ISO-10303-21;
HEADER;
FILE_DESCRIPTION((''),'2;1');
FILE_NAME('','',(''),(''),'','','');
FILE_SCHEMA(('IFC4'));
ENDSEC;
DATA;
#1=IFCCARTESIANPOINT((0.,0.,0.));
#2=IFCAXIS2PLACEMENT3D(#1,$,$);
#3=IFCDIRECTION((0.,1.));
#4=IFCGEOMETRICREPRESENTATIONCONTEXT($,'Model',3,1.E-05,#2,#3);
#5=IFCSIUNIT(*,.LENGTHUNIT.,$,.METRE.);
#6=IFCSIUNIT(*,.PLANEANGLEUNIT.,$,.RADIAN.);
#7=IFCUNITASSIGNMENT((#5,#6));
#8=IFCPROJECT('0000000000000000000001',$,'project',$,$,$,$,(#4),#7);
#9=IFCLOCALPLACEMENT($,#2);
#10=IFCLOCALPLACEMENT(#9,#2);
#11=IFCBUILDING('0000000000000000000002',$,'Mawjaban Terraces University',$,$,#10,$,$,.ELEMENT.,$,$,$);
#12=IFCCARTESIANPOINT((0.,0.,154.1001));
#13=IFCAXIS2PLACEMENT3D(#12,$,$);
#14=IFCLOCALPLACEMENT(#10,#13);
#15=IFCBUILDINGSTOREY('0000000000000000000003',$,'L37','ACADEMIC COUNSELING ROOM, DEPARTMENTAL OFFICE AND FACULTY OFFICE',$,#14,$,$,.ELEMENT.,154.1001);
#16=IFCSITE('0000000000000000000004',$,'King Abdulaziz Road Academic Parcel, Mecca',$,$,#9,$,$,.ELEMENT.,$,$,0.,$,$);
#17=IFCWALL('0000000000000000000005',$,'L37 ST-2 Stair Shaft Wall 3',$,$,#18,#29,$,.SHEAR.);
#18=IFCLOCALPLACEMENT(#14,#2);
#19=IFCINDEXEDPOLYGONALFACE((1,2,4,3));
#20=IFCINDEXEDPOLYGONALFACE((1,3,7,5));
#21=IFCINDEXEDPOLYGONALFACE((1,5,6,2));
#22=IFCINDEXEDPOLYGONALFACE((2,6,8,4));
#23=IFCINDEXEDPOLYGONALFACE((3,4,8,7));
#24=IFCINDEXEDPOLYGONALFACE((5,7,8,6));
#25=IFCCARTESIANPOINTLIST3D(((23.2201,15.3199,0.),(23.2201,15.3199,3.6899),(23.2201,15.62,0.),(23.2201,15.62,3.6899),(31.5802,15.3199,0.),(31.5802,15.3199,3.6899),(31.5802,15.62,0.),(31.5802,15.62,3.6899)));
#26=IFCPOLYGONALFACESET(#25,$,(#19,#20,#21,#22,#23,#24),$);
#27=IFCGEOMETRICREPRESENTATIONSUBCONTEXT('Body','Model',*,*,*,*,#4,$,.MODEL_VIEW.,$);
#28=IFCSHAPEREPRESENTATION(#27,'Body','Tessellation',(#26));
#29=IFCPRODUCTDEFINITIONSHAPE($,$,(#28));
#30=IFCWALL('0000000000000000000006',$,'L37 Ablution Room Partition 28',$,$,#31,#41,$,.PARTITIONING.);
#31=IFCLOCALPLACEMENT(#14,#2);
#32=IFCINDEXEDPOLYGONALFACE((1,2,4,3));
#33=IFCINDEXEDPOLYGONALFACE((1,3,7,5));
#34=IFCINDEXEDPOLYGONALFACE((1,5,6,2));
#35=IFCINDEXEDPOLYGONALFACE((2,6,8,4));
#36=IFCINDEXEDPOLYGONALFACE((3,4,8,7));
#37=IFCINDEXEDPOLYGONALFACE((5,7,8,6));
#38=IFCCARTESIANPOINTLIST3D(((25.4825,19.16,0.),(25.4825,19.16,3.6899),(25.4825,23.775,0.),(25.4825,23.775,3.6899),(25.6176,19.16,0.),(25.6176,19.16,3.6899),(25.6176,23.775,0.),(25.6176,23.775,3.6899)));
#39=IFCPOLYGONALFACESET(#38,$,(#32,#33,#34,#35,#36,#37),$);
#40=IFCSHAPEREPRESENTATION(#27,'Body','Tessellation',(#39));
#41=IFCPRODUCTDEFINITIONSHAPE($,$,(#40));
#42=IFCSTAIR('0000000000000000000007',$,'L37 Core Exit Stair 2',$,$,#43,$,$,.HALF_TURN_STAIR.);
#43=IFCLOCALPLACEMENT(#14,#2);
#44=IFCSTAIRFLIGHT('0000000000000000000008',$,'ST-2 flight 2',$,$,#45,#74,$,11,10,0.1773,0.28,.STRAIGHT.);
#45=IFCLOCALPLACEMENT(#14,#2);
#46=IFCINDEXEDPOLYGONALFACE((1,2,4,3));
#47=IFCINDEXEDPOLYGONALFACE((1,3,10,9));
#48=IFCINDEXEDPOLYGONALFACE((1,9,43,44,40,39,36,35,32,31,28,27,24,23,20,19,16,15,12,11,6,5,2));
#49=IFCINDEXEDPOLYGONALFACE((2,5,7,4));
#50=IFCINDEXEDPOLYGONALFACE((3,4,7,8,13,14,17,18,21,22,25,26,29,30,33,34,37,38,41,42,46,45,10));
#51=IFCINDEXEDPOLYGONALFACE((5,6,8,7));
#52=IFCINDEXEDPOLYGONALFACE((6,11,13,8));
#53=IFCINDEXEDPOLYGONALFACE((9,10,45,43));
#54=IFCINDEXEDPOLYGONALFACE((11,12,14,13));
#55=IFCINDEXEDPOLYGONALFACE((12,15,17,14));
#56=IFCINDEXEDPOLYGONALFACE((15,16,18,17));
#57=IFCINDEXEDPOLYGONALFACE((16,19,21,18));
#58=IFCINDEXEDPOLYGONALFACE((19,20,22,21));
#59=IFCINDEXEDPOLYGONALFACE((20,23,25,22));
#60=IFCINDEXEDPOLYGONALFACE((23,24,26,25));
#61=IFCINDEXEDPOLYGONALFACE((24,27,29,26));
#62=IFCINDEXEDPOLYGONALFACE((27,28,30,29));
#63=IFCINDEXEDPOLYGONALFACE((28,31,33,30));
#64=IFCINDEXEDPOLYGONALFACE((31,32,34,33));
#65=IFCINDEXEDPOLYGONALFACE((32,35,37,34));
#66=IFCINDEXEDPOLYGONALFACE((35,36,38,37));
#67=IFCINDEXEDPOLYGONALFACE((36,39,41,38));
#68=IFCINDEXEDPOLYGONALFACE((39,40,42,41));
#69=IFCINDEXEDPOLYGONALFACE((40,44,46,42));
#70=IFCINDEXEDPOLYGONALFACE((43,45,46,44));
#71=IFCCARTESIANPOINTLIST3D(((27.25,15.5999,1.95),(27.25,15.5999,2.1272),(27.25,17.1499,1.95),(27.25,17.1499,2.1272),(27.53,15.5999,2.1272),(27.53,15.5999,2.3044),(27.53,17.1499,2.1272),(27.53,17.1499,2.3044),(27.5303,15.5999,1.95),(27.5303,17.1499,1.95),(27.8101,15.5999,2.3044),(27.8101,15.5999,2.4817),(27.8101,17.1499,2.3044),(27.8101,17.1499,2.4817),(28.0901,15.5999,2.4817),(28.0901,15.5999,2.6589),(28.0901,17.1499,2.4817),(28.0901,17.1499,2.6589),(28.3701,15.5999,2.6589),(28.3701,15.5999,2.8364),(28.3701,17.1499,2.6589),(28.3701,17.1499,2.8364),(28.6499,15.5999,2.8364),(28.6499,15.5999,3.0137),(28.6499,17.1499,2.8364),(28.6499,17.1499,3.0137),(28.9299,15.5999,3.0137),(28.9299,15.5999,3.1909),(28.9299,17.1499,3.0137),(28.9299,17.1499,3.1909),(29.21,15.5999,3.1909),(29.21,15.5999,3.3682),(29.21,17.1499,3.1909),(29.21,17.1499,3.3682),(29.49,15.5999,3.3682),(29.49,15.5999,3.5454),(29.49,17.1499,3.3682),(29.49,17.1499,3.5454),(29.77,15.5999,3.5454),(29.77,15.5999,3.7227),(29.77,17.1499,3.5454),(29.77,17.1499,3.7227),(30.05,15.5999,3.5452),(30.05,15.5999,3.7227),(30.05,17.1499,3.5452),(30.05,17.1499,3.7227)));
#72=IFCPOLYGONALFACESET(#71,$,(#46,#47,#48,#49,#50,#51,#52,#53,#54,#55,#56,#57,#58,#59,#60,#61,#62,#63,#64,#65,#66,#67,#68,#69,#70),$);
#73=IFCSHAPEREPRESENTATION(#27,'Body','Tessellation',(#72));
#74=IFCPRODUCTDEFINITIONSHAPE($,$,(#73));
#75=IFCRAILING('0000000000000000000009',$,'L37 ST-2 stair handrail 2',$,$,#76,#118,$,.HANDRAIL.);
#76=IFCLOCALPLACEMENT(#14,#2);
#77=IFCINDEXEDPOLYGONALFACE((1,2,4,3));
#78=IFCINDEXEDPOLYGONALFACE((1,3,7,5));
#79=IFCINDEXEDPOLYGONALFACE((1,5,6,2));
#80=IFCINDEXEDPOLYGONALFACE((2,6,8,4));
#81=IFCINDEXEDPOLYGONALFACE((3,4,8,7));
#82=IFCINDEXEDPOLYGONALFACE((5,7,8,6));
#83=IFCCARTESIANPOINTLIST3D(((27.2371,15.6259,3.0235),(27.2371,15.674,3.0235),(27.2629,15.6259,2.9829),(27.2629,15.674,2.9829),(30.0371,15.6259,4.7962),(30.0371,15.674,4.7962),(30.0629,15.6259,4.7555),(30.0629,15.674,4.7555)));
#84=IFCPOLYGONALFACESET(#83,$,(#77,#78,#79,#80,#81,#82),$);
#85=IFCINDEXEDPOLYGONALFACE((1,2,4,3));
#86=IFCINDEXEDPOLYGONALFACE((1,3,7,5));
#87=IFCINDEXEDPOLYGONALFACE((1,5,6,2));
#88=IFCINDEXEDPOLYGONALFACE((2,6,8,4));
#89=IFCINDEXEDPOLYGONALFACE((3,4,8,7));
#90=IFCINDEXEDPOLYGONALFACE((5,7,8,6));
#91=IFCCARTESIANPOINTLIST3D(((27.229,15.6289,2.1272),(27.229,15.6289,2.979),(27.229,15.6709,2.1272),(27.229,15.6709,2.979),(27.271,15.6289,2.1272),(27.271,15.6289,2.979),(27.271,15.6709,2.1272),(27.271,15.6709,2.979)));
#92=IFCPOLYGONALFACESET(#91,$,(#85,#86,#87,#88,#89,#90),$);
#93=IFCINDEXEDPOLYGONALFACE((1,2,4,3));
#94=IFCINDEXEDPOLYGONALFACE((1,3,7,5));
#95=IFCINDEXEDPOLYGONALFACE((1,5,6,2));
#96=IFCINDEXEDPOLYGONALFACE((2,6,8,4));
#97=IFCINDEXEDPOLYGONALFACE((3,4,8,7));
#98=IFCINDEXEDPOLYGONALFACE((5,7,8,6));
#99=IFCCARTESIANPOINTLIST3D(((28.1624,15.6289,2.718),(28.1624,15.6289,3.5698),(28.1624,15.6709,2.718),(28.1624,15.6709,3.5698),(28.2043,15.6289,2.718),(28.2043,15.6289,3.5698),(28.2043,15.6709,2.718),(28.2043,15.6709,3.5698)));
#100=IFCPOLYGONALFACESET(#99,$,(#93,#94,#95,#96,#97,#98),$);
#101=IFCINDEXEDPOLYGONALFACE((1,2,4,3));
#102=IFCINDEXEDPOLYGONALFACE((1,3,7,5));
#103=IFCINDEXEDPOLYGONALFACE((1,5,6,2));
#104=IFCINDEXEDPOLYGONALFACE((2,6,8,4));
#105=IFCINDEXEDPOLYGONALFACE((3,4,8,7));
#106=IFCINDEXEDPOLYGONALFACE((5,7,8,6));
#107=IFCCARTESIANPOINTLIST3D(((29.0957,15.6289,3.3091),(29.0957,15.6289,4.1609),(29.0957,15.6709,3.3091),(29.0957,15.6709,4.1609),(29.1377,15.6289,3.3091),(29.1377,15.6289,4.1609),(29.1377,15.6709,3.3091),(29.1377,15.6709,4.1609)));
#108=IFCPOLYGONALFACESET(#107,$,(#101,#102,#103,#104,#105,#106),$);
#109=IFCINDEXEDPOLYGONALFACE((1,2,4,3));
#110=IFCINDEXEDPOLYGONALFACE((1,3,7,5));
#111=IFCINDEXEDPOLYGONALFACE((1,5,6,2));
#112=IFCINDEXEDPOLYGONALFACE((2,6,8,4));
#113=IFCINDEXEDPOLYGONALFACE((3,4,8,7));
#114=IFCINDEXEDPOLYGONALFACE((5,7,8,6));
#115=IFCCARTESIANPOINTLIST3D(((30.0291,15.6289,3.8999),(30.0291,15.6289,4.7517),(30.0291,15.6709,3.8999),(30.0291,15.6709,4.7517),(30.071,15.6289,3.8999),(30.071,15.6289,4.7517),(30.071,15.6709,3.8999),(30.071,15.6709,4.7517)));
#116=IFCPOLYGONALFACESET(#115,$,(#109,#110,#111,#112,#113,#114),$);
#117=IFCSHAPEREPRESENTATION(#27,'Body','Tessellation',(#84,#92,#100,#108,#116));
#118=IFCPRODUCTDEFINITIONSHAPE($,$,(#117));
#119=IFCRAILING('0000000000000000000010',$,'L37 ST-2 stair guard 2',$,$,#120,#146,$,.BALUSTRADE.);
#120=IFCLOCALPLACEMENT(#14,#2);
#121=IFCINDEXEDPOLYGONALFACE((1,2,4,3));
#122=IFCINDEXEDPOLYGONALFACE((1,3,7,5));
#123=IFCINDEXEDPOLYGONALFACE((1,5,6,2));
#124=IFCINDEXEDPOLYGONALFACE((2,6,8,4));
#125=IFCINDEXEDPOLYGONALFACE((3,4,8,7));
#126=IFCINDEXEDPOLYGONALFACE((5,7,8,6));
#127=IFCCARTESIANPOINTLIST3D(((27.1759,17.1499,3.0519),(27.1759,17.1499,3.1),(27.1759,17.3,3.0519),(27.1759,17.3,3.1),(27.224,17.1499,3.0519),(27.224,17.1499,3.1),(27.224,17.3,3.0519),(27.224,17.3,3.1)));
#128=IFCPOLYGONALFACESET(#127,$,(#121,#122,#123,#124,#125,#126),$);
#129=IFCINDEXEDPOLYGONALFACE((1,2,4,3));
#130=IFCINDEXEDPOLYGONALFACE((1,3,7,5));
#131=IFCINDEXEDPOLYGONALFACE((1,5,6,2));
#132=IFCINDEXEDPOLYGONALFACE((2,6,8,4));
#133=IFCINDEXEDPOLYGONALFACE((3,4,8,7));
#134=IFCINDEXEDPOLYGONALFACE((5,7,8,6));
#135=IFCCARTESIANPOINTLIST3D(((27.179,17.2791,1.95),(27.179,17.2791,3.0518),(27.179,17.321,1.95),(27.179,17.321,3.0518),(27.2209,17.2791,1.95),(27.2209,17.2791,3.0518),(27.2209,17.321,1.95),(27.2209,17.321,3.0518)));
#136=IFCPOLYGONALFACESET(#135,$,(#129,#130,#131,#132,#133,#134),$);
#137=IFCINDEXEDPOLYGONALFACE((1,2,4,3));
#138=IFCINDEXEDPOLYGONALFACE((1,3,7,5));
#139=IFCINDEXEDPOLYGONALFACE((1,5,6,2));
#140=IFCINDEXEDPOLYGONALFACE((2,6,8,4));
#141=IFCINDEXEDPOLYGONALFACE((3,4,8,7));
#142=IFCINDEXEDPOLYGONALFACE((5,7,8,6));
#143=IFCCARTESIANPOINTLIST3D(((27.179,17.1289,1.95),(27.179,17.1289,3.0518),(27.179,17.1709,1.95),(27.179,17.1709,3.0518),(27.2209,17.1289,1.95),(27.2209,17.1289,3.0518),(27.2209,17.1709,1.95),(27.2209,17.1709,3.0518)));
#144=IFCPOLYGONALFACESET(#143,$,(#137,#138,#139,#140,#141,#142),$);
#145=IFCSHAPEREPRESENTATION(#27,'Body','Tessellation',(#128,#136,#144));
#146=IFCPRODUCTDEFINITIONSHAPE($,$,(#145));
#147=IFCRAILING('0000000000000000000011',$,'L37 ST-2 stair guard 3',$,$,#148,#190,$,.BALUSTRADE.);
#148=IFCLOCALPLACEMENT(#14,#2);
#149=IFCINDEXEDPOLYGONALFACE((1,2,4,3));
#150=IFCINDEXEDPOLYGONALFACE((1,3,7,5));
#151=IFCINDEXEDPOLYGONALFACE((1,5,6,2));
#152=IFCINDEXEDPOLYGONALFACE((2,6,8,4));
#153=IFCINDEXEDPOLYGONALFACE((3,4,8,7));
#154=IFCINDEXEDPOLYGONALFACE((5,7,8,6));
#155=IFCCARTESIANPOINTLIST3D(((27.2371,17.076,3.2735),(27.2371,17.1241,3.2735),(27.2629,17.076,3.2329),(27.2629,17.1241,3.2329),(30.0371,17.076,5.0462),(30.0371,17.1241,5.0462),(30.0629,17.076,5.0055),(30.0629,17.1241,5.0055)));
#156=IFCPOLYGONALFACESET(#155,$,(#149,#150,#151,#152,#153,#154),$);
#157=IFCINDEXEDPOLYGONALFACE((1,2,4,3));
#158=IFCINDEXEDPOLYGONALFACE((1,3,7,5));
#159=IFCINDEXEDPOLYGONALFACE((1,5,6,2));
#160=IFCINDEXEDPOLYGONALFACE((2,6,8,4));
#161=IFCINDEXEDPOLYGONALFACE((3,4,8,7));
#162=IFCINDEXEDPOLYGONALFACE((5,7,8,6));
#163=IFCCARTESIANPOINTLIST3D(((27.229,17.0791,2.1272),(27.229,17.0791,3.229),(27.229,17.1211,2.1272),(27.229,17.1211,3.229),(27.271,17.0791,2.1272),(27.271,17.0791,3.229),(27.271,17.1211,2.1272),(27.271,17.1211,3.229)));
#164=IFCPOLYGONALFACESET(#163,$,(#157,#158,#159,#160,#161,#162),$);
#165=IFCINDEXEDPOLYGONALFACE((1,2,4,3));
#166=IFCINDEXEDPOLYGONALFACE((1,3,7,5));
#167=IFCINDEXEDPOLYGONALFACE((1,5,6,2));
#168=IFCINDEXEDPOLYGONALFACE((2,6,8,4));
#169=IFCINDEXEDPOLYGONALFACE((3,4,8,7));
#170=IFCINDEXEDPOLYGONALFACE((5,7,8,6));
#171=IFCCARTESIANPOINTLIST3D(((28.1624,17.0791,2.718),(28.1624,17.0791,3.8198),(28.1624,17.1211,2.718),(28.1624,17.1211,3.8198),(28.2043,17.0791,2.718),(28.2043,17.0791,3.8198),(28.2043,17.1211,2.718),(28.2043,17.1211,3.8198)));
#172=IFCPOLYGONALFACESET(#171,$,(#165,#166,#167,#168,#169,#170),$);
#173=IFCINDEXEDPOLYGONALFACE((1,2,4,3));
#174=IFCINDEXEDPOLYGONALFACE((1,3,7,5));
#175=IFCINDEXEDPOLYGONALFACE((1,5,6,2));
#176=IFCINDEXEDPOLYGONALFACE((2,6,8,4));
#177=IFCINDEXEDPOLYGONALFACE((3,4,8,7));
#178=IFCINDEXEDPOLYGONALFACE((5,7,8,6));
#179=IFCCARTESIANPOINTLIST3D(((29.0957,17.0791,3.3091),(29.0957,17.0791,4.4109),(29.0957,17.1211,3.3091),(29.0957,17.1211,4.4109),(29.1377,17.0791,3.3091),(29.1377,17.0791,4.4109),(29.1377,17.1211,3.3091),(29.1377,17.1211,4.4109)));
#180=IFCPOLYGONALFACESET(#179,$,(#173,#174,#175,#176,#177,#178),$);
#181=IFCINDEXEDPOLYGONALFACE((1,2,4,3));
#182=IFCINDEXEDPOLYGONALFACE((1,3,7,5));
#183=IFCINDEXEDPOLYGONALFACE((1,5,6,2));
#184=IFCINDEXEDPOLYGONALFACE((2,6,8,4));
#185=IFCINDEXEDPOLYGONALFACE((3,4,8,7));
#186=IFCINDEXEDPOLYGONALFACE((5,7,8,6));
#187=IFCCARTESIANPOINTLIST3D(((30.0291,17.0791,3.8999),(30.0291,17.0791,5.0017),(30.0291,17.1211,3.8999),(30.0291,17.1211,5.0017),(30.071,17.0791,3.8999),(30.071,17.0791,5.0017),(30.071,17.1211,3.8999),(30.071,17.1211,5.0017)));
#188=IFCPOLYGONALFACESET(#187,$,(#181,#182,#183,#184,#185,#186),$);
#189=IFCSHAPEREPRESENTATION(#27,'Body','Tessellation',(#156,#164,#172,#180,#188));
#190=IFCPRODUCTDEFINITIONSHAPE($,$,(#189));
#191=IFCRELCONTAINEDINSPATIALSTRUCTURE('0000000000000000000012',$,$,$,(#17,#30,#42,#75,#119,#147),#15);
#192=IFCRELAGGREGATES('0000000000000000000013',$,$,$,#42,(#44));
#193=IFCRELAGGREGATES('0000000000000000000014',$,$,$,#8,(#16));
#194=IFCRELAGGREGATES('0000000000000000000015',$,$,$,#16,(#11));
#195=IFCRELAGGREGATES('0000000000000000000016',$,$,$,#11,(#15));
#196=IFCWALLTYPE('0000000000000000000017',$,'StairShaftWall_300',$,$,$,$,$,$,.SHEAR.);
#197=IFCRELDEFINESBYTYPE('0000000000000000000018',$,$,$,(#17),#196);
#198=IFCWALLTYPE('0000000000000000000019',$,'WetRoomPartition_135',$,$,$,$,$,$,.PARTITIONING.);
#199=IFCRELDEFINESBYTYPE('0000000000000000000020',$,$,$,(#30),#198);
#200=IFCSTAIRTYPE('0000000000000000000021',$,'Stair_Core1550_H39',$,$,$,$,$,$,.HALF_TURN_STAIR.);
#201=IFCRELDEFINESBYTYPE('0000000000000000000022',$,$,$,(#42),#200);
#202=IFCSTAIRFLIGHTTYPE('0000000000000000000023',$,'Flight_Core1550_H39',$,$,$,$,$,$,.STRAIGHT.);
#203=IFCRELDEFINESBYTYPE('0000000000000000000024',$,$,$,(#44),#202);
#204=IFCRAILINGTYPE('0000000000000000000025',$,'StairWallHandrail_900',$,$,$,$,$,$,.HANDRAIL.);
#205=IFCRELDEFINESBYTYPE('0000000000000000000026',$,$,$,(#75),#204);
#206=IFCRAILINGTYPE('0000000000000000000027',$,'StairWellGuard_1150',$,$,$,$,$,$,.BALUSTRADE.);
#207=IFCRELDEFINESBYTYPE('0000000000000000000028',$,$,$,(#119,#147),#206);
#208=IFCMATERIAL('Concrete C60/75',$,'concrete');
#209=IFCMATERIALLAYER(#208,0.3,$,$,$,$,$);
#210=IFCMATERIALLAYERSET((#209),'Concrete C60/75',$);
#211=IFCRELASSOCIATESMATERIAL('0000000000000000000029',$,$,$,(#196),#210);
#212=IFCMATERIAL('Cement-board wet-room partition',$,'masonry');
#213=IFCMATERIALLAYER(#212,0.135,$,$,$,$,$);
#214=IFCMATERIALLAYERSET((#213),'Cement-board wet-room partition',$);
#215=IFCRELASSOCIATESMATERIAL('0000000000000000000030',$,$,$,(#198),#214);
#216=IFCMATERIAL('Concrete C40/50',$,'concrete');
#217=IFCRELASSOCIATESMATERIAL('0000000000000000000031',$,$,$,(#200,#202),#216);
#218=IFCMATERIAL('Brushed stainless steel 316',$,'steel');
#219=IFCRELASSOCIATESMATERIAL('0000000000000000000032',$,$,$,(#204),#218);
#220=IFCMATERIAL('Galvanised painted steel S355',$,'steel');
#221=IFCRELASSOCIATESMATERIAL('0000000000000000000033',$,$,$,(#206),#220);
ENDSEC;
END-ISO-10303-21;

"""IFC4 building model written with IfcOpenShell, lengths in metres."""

from ifc_helpers import new_model, si_unit, direction, frame, frame_2d, origin, origin_2d, place, context, subcontext, project, spatial, polyline, rectangle, outline, extrude, material, layer, layer_set, type_object, element, aggregate, save


model = new_model("IFC4")

# Units and contexts
model_context = context("Model", 3, precision=1e-05, world=origin(), true_north=direction((0.0, 1.0)))
body_context = subcontext(model_context, "Body", "Model", "MODEL_VIEW")
ifc_project = project(units=[si_unit("LENGTHUNIT", "METRE"), si_unit("PLANEANGLEUNIT", "RADIAN")], contexts=[model_context])

# Site, building, storey
site_placement = place(None, origin())
site = spatial("IfcSite", under=ifc_project, at=site_placement, Name="King Abdulaziz Road Academic Parcel, Mecca", CompositionType="ELEMENT", RefElevation=0.0)
building_placement = place(site_placement, origin())
building = spatial("IfcBuilding", under=site, at=building_placement, Name="Mawjaban Terraces University", CompositionType="ELEMENT")
storey_placement = place(building_placement, frame((0.0, 0.0, 154.1001)))
storey = spatial("IfcBuildingStorey", under=building, at=storey_placement, Name="L37", Description="ACADEMIC COUNSELING ROOM, DEPARTMENTAL OFFICE AND FACULTY OFFICE", CompositionType="ELEMENT", Elevation=154.1001)

# Shared definitions
ifc_material_1 = material(Name="Concrete C60/75", Category="concrete")

# Shared definitions
ifc_material_2 = material(Name="Concrete C40/50", Category="concrete")

# Walls
ifc_layer_1 = layer(ifc_material_1, 0.3)
ifc_layer_set_1 = layer_set([ifc_layer_1], Name="Concrete C60/75")
wall_type_1 = type_object("IfcWallType", Name="StairShaftWall_300", PredefinedType="SHEAR", material=ifc_layer_set_1)
wall_1_placement = place(storey_placement, frame((23.22, 15.47, 0.0), z_axis=(0.0, 0.0, 1.0), x_axis=(1.0, 0.0, 0.0)))
element("IfcWall", 1, at=wall_1_placement, inside=storey, type_object=wall_type_1, Name="L37 ST-2 Stair Shaft Wall 3", PredefinedType="SHEAR", context=body_context, shape_type="SweptSolid", body=[
    extrude(rectangle(XDim=8.3601, YDim=0.3, at=frame_2d((4.1802, 0.0))), origin(), (0.0, 0.0, 1.0), 3.6899),
])
ifc_material_3 = material(Name="Cement-board wet-room partition", Category="masonry")
ifc_layer_2 = layer(ifc_material_3, 0.135)
ifc_layer_set_2 = layer_set([ifc_layer_2], Name="Cement-board wet-room partition")
wall_type_2 = type_object("IfcWallType", Name="WetRoomPartition_135", PredefinedType="PARTITIONING", material=ifc_layer_set_2)
wall_2_placement = place(storey_placement, frame((25.55, 19.1599, 0.0), z_axis=(0.0, 0.0, 1.0), x_axis=(0.0, 1.0, 0.0)))
element("IfcWall", 2, at=wall_2_placement, inside=storey, type_object=wall_type_2, Name="L37 Ablution Room Partition 28", PredefinedType="PARTITIONING", context=body_context, shape_type="SweptSolid", body=[
    extrude(rectangle(XDim=4.615, YDim=0.135, at=frame_2d((2.3076, 0.0))), origin(), (0.0, 0.0, 1.0), 3.6899),
])

# Stair, stair flight
stair_type = type_object("IfcStairType", Name="Stair_Core1550_H39", PredefinedType="HALF_TURN_STAIR", material=ifc_material_2)
stair_placement = place(storey_placement, origin())
stair = element("IfcStair", 3, at=stair_placement, inside=storey, type_object=stair_type, Name="L37 Core Exit Stair 2", PredefinedType="HALF_TURN_STAIR")
stair_flight_type = type_object("IfcStairFlightType", Name="Flight_Core1550_H39", PredefinedType="STRAIGHT", material=ifc_material_2)
stair_flight_placement = place(storey_placement, frame((27.25, 16.375, 1.95), z_axis=(0.0, 0.0, 1.0), x_axis=(1.0, 0.0, 0.0)))
stair_flight = element("IfcStairFlight", 4, at=stair_flight_placement, type_object=stair_flight_type, Name="ST-2 flight 2", NumberOfRisers=11, NumberOfTreads=10, PredefinedType="STRAIGHT", RiserHeight=0.1773, TreadLength=0.28, context=body_context, shape_type="SweptSolid", body=[
    extrude(outline(polyline([(0.0, 0.0), (0.0, 0.1772), (0.28, 0.1772), (0.28, 0.3545), (0.5601, 0.3545), (0.5601, 0.5317), (0.8401, 0.5317), (0.8401, 0.709), (1.1201, 0.709), (1.1201, 0.8865), (1.3999, 0.8865), (1.3999, 1.0637), (1.6799, 1.0637), (1.6799, 1.241), (1.96, 1.241), (1.96, 1.4182), (2.24, 1.4182), (2.24, 1.5955), (2.52, 1.5955), (2.52, 1.7727), (2.8, 1.7727), (2.8, 1.95), (2.8, 1.5952), (0.2803, 0.0), (0.0, 0.0)])), frame((0.0, 0.7749, 0.0), z_axis=(0.0, -1.0, 0.0), x_axis=(1.0, 0.0, 0.0)), (0.0, 0.0, 1.0), 1.55),
])
aggregate(stair, [stair_flight])

# Railings
ifc_material_4 = material(Name="Brushed stainless steel 316", Category="steel")
railing_type_1 = type_object("IfcRailingType", Name="StairWallHandrail_900", PredefinedType="HANDRAIL", material=ifc_material_4)
railing_1_placement = place(storey_placement, frame((27.25, 15.6499, 2.1272)))
element("IfcRailing", 5, at=railing_1_placement, inside=storey, type_object=railing_type_1, Name="L37 ST-2 stair handrail 2", PredefinedType="HANDRAIL", context=body_context, shape_type="SweptSolid", body=[
    extrude(rectangle(XDim=0.0481, YDim=0.0481, at=origin_2d()), frame((0.0, 0.0, 0.876), z_axis=(0.844909, 0.0, 0.53491), x_axis=(0.0, 1.0, 0.0)), (0.0, 0.0, 1.0), 3.314),
    extrude(rectangle(XDim=0.042, YDim=0.042, at=origin_2d()), origin(), (0.0, 0.0, 1.0), 0.8518),
    extrude(rectangle(XDim=0.042, YDim=0.042, at=origin_2d()), frame((0.9333, 0.0, 0.5908)), (0.0, 0.0, 1.0), 0.8518),
    extrude(rectangle(XDim=0.042, YDim=0.042, at=origin_2d()), frame((1.8667, 0.0, 1.1819)), (0.0, 0.0, 1.0), 0.8518),
    extrude(rectangle(XDim=0.042, YDim=0.042, at=origin_2d()), frame((2.8, 0.0, 1.7727)), (0.0, 0.0, 1.0), 0.8518),
])
ifc_material_5 = material(Name="Galvanised painted steel S355", Category="steel")
railing_type_2 = type_object("IfcRailingType", Name="StairWellGuard_1150", PredefinedType="BALUSTRADE", material=ifc_material_5)
railing_2_placement = place(storey_placement, frame((27.2, 17.3, 1.95)))
element("IfcRailing", 6, at=railing_2_placement, inside=storey, type_object=railing_type_2, Name="L37 ST-2 stair guard 2", PredefinedType="BALUSTRADE", context=body_context, shape_type="SweptSolid", body=[
    extrude(rectangle(XDim=0.0481, YDim=0.0481, at=origin_2d()), frame((0.0, 0.0, 1.126), z_axis=(0.0, -1.0, 0.0), x_axis=(1.0, 0.0, 0.0)), (0.0, 0.0, 1.0), 0.1501),
    extrude(rectangle(XDim=0.042, YDim=0.042, at=origin_2d()), origin(), (0.0, 0.0, 1.0), 1.1018),
    extrude(rectangle(XDim=0.042, YDim=0.042, at=origin_2d()), frame((0.0, -0.1501, 0.0)), (0.0, 0.0, 1.0), 1.1018),
])
railing_3_placement = place(storey_placement, frame((27.25, 17.1001, 2.1272)))
element("IfcRailing", 7, at=railing_3_placement, inside=storey, type_object=railing_type_2, Name="L37 ST-2 stair guard 3", PredefinedType="BALUSTRADE", context=body_context, shape_type="SweptSolid", body=[
    extrude(rectangle(XDim=0.0481, YDim=0.0481, at=origin_2d()), frame((0.0, 0.0, 1.126), z_axis=(0.844909, 0.0, 0.53491), x_axis=(0.0, 1.0, 0.0)), (0.0, 0.0, 1.0), 3.314),
    extrude(rectangle(XDim=0.042, YDim=0.042, at=origin_2d()), origin(), (0.0, 0.0, 1.0), 1.1018),
    extrude(rectangle(XDim=0.042, YDim=0.042, at=origin_2d()), frame((0.9333, 0.0, 0.5908)), (0.0, 0.0, 1.0), 1.1018),
    extrude(rectangle(XDim=0.042, YDim=0.042, at=origin_2d()), frame((1.8667, 0.0, 1.1819)), (0.0, 0.0, 1.0), 1.1018),
    extrude(rectangle(XDim=0.042, YDim=0.042, at=origin_2d()), frame((2.8, 0.0, 1.7727)), (0.0, 0.0, 1.0), 1.1018),
])

save(model, "model.ifc")
